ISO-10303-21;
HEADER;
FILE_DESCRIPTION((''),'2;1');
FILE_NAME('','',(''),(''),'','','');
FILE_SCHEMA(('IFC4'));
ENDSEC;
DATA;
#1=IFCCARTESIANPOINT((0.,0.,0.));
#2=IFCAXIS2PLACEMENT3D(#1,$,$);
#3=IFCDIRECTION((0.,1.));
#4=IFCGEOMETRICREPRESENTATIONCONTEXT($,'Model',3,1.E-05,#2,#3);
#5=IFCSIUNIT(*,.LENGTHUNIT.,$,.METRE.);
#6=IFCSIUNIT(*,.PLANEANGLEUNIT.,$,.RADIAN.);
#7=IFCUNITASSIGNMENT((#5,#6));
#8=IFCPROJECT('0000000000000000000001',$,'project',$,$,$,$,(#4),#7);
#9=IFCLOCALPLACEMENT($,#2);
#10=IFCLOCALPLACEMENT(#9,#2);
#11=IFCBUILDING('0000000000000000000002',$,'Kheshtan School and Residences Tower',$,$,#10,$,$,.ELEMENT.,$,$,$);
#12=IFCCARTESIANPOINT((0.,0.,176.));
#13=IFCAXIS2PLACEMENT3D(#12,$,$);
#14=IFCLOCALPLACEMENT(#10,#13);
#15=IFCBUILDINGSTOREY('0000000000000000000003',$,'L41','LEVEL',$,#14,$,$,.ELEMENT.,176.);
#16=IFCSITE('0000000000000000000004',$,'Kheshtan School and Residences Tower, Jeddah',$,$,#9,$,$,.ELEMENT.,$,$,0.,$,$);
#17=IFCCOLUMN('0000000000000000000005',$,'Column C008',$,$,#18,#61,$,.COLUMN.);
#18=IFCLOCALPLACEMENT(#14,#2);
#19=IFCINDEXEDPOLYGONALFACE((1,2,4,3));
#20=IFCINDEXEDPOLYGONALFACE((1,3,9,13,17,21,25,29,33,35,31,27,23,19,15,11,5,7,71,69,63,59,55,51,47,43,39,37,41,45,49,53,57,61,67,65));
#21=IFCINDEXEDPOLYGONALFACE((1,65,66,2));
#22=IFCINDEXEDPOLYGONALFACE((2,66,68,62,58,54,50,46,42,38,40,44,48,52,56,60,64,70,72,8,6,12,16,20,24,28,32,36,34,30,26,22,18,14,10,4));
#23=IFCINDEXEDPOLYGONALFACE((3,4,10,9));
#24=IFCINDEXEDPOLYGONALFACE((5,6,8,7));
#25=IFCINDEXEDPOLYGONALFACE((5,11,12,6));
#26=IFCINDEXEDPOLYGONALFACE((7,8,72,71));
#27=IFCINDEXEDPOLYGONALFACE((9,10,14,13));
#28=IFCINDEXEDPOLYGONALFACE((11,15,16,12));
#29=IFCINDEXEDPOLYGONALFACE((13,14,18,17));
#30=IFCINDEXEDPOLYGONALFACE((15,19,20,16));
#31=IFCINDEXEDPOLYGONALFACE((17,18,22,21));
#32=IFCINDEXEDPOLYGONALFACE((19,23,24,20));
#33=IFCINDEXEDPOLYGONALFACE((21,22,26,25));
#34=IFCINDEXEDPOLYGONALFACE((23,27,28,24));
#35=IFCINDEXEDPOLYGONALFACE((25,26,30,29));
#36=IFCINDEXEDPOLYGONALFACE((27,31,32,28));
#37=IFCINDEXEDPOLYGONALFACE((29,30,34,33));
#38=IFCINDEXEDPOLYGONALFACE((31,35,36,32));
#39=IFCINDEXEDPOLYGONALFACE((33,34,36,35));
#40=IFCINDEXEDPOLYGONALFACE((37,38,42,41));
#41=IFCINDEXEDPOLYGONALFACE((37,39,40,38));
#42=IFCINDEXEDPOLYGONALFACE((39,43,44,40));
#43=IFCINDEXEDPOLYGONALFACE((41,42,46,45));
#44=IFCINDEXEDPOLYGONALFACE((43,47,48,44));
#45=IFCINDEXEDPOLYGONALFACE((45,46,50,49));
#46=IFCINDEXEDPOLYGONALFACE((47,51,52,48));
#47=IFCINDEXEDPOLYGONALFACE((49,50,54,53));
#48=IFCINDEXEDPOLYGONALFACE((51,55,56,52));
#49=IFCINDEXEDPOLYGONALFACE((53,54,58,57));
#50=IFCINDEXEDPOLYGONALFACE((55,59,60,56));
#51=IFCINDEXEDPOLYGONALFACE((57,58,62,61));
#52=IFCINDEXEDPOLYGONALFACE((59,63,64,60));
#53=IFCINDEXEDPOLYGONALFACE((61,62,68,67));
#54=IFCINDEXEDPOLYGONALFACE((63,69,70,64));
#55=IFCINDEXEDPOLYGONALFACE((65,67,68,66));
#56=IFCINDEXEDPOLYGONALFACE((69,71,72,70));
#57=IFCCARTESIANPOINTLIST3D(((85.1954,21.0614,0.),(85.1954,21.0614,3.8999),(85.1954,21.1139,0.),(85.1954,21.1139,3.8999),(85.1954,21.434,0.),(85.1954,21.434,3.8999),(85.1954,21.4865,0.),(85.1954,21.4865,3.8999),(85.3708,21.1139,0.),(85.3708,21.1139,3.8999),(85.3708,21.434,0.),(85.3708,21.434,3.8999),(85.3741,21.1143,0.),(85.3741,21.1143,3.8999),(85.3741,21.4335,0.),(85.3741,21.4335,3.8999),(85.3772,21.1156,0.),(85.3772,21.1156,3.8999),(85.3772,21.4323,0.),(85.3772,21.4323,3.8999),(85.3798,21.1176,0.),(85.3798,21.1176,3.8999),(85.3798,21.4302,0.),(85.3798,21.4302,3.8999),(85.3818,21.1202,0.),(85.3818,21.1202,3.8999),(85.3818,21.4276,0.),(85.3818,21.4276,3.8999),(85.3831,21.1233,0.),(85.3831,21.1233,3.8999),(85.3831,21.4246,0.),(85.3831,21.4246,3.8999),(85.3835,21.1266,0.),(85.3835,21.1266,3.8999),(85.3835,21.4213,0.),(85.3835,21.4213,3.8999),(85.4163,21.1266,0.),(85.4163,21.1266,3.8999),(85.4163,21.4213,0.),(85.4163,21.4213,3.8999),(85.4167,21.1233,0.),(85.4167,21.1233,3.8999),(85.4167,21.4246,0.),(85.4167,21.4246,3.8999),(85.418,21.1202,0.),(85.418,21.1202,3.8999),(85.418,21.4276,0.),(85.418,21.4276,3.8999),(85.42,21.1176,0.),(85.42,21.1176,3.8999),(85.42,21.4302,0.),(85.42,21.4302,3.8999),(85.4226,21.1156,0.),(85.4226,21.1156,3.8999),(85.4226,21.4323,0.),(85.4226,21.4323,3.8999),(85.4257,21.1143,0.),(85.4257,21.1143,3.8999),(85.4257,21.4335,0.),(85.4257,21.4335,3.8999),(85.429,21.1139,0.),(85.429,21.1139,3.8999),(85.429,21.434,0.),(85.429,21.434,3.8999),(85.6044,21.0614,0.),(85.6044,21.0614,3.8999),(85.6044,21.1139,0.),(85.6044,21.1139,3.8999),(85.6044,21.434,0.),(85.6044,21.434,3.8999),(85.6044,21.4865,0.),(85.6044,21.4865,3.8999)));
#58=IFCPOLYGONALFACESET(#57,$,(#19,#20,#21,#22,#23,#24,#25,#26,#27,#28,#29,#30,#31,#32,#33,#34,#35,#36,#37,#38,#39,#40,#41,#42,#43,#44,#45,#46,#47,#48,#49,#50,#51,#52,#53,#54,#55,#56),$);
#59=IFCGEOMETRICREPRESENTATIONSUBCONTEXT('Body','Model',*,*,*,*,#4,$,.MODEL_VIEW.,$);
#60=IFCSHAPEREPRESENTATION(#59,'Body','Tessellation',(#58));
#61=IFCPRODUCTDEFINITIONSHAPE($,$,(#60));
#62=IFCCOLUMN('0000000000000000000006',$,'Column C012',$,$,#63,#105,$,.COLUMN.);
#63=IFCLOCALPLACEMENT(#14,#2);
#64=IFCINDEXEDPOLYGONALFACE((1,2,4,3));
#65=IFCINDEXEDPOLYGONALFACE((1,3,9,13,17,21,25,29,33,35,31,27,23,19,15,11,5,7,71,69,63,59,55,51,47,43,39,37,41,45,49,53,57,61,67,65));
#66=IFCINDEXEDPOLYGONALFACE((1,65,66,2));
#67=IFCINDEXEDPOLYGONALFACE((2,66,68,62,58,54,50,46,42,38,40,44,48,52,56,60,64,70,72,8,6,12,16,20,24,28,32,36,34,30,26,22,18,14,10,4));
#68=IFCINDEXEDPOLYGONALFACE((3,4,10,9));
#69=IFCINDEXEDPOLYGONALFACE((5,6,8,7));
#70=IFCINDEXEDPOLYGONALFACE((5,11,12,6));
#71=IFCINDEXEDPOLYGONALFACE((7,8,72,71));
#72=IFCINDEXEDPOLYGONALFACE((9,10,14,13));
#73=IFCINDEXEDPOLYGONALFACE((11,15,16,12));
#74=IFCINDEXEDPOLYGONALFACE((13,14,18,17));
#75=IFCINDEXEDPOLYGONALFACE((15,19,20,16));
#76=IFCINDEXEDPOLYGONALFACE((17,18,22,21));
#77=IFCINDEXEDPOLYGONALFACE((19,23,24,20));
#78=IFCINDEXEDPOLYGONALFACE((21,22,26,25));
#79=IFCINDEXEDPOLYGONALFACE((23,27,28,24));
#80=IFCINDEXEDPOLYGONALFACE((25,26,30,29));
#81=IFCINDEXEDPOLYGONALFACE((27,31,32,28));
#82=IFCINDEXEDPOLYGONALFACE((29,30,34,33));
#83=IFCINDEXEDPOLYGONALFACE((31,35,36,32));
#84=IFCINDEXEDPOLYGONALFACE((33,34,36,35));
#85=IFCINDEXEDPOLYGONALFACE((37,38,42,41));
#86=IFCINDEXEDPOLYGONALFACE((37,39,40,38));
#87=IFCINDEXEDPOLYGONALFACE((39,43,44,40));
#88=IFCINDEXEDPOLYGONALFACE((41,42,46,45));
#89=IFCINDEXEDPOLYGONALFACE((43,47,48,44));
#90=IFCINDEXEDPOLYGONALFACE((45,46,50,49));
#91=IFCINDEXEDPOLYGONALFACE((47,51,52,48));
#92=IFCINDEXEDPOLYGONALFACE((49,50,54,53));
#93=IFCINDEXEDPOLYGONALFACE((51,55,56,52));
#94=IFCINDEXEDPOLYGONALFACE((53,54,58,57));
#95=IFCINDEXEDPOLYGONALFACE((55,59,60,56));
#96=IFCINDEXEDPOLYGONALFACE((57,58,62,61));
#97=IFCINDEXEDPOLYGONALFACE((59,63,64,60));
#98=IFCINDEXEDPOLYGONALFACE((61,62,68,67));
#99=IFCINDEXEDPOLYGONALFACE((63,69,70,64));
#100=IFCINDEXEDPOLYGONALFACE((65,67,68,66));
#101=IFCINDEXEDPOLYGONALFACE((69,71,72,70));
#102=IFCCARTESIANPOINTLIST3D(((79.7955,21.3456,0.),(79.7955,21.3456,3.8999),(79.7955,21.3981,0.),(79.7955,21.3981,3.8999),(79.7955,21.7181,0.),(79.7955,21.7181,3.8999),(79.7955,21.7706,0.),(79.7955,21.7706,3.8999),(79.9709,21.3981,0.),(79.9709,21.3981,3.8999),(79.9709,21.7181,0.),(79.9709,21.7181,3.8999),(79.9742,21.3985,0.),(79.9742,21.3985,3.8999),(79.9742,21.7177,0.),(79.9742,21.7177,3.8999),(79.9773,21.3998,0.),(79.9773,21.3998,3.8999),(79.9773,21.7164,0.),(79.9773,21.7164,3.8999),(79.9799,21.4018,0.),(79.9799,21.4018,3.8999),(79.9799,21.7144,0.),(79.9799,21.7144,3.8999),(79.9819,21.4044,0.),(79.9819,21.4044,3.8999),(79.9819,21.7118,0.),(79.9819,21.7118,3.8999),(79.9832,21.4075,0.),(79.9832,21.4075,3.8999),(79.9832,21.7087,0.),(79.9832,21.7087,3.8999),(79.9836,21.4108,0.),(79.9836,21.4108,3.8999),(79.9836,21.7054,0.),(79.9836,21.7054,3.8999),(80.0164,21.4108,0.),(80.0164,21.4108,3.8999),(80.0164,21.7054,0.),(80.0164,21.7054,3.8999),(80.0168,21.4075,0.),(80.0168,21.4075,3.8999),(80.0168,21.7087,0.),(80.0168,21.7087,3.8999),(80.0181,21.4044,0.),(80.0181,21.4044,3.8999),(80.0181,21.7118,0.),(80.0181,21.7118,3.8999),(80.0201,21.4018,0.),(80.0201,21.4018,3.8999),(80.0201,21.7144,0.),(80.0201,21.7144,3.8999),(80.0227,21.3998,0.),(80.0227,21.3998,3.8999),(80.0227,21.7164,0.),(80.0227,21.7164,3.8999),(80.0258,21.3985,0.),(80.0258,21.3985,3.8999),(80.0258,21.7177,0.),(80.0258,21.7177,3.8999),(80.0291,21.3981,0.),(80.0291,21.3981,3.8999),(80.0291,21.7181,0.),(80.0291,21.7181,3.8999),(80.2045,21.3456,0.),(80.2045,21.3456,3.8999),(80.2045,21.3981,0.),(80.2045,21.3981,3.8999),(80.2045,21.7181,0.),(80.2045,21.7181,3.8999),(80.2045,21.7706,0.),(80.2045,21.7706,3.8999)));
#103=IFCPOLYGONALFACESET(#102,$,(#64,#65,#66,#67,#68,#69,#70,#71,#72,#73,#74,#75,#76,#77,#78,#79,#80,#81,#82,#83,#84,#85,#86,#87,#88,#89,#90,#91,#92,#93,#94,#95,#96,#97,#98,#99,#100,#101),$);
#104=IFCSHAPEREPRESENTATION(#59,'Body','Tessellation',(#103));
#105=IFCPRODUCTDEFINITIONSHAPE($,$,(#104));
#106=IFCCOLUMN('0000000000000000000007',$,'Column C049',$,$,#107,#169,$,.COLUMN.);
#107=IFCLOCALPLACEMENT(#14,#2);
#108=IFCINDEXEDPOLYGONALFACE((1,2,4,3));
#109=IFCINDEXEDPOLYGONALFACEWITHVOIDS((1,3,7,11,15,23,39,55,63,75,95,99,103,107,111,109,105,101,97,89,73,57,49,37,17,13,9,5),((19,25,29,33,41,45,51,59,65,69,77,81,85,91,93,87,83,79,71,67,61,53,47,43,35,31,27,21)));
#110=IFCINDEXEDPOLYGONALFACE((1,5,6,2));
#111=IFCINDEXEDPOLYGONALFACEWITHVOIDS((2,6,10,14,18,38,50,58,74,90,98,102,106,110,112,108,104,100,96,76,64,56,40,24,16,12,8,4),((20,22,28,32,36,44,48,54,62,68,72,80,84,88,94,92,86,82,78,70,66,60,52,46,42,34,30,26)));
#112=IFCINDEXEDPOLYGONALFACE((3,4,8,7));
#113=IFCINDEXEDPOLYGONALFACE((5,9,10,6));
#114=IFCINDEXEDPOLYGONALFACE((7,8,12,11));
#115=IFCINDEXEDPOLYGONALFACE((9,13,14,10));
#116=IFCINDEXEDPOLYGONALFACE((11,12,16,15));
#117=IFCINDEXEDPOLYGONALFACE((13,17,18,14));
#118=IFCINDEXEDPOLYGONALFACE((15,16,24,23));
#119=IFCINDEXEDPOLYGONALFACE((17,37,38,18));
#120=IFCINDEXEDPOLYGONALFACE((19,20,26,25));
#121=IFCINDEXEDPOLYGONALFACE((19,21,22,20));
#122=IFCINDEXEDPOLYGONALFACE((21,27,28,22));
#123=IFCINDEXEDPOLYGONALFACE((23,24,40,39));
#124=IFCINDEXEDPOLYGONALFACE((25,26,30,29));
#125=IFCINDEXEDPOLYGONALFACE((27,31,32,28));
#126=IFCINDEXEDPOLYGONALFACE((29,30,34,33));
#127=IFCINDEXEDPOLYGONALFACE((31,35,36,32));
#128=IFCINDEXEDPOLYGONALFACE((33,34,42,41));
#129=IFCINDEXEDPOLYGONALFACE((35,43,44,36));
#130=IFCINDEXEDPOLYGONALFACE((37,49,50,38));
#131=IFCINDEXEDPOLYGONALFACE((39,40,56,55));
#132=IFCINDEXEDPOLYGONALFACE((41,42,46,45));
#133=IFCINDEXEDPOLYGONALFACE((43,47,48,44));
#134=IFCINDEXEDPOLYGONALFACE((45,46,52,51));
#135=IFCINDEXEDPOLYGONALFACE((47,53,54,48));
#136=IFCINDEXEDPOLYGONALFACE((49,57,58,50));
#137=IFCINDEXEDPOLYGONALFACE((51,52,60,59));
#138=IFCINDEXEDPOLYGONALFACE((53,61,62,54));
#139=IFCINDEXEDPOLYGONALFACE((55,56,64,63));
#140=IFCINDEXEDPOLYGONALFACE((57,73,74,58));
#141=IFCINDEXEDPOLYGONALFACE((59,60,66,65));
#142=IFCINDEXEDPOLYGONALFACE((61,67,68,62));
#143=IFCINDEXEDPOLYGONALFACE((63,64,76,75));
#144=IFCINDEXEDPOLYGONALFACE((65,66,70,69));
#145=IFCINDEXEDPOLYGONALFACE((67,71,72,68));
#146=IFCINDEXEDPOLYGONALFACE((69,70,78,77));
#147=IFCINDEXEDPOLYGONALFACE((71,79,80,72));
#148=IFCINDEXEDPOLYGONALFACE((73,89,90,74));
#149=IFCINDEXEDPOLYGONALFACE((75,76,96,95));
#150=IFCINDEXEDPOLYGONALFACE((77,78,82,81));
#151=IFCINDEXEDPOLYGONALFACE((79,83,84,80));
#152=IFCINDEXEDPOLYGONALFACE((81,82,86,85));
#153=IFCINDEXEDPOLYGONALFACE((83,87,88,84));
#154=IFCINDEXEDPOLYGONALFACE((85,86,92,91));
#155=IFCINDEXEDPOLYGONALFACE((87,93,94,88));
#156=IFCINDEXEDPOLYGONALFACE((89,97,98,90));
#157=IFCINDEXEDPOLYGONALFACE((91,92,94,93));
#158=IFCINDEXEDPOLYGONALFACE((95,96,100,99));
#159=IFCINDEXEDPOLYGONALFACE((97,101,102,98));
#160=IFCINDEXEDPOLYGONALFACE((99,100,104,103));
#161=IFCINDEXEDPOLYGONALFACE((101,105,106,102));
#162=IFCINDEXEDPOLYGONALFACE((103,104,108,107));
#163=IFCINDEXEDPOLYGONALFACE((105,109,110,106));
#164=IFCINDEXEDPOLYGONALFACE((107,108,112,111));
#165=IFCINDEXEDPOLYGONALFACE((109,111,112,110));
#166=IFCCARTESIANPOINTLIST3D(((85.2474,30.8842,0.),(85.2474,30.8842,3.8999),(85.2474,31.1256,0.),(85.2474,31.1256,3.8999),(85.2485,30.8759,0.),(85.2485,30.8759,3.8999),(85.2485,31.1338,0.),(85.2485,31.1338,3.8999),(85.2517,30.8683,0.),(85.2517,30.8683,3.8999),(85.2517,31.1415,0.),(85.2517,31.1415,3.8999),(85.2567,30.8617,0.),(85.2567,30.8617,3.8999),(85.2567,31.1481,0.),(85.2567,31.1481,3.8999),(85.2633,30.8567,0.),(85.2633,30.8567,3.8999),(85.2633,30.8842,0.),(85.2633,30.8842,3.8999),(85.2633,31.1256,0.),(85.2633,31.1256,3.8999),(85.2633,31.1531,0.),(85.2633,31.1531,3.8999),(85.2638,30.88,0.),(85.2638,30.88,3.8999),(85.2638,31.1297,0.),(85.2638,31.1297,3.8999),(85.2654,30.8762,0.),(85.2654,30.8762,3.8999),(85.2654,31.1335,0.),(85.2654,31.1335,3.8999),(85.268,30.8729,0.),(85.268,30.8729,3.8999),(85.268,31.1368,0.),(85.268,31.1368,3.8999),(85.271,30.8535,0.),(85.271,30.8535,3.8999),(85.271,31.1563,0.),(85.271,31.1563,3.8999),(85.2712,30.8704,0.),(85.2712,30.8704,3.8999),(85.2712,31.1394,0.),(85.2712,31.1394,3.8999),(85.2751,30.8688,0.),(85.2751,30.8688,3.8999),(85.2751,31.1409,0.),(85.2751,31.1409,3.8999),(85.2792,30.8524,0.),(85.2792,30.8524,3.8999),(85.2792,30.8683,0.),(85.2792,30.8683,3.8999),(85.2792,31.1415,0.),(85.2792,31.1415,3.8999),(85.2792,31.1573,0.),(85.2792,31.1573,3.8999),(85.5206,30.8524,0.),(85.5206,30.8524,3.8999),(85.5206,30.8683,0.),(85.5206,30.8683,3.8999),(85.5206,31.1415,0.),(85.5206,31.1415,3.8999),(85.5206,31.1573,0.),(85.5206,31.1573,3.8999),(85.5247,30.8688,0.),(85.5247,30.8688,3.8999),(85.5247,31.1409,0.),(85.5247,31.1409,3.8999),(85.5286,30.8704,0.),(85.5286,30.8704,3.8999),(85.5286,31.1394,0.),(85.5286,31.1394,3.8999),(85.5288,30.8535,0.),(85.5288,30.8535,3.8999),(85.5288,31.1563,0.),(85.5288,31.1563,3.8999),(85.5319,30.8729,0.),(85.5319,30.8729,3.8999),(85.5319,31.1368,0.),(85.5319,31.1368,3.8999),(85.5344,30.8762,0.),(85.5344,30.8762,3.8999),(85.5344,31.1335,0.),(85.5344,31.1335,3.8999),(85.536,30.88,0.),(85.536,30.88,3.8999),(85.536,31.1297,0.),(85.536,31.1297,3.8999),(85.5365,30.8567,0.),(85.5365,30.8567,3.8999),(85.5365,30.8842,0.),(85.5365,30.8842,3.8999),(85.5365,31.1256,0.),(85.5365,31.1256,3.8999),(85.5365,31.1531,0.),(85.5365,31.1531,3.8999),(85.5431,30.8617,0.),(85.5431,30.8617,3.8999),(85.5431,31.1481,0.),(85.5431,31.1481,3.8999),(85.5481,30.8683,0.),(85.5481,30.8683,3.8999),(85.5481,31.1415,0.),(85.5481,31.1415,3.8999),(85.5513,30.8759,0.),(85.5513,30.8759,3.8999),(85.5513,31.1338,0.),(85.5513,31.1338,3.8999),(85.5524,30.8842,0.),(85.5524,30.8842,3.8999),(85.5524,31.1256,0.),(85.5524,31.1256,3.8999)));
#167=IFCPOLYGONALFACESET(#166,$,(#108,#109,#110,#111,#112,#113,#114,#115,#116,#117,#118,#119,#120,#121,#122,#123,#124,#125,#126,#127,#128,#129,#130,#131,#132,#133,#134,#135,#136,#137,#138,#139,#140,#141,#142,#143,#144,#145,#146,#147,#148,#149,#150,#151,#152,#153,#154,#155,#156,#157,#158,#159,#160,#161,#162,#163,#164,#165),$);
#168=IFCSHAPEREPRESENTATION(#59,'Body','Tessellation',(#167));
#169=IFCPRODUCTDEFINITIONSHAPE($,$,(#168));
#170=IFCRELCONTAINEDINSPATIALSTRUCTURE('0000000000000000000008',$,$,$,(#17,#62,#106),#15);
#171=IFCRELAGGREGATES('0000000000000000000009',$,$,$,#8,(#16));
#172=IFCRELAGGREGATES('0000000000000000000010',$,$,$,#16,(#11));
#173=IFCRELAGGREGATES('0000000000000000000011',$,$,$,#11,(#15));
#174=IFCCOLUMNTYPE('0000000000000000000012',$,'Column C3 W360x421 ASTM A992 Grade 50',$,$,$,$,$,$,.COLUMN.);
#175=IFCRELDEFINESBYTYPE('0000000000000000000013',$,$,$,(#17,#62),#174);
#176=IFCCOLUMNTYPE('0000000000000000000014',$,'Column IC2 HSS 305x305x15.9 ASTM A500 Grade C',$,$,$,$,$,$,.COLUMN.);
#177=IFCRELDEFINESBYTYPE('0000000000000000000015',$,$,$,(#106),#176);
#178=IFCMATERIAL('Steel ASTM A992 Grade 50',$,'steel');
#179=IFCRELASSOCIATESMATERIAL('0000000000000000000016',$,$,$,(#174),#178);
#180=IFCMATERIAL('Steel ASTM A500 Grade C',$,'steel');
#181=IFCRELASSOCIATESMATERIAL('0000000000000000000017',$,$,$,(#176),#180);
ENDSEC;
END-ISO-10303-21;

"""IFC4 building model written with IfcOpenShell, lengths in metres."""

from ifc_helpers import new_model, si_unit, direction, frame, origin, origin_2d, place, context, subcontext, project, spatial, hollow_rectangle, i_section, extrude, material, material_profile, profile_set, type_object, element, save


model = new_model("IFC4")

# Units and contexts
model_context = context("Model", 3, precision=1e-05, world=origin(), true_north=direction((0.0, 1.0)))
body_context = subcontext(model_context, "Body", "Model", "MODEL_VIEW")
ifc_project = project(units=[si_unit("LENGTHUNIT", "METRE"), si_unit("PLANEANGLEUNIT", "RADIAN")], contexts=[model_context])

# Site, building, storey
site_placement = place(None, origin())
site = spatial("IfcSite", under=ifc_project, at=site_placement, Name="Kheshtan School and Residences Tower, Jeddah", CompositionType="ELEMENT", RefElevation=0.0)
building_placement = place(site_placement, origin())
building = spatial("IfcBuilding", under=site, at=building_placement, Name="Kheshtan School and Residences Tower", CompositionType="ELEMENT")
storey_placement = place(building_placement, frame((0.0, 0.0, 176.0)))
storey = spatial("IfcBuildingStorey", under=building, at=storey_placement, Name="L41", Description="LEVEL", CompositionType="ELEMENT", Elevation=176.0)

# Columns
ifc_material_1 = material(Name="Steel ASTM A992 Grade 50", Category="steel")
ifc_material_profile_1 = material_profile(ifc_material_1, i_section(OverallWidth=0.4089, OverallDepth=0.425, WebThickness=0.0327, FlangeThickness=0.0525, FilletRadius=0.0127, at=origin_2d()), Name="W360x421")
ifc_profile_set_1 = profile_set([ifc_material_profile_1], Name="Steel ASTM A992 Grade 50")
column_type_1 = type_object("IfcColumnType", Name="Column C3 W360x421 ASTM A992 Grade 50", PredefinedType="COLUMN", material=ifc_profile_set_1)
for number, where, z_axis, x_axis, name in (
    (1, (85.3999, 21.2739, 0.0), (0.0, 0.0, 1.0), (1.0, 0.0, 0.0), "Column C008"),
    (2, (80.0, 21.5581, 0.0), (0.0, 0.0, 1.0), (1.0, 0.0, 0.0), "Column C012"),
):
    element("IfcColumn", number, at=place(storey_placement, frame(where, z_axis=z_axis, x_axis=x_axis)), inside=storey, type_object=column_type_1, Name=name, PredefinedType="COLUMN", context=body_context, shape_type="SweptSolid", body=[
        extrude(i_section(OverallWidth=0.4089, OverallDepth=0.425, WebThickness=0.0327, FlangeThickness=0.0525, FilletRadius=0.0127, at=origin_2d()), origin(), (0.0, 0.0, 1.0), 3.8999),
    ])
ifc_material_2 = material(Name="Steel ASTM A500 Grade C", Category="steel")
ifc_material_profile_2 = material_profile(ifc_material_2, hollow_rectangle(XDim=0.3049, YDim=0.3049, WallThickness=0.0159, InnerFilletRadius=0.0159, OuterFilletRadius=0.0317, at=origin_2d()), Name="HSS 305x305x15.9")
ifc_profile_set_2 = profile_set([ifc_material_profile_2], Name="Steel ASTM A500 Grade C")
column_type_2 = type_object("IfcColumnType", Name="Column IC2 HSS 305x305x15.9 ASTM A500 Grade C", PredefinedType="COLUMN", material=ifc_profile_set_2)
column_placement = place(storey_placement, frame((85.3999, 31.0049, 0.0), z_axis=(0.0, 0.0, 1.0), x_axis=(1.0, 0.0, 0.0)))
element("IfcColumn", 3, at=column_placement, inside=storey, type_object=column_type_2, Name="Column C049", PredefinedType="COLUMN", context=body_context, shape_type="SweptSolid", body=[
    extrude(hollow_rectangle(XDim=0.3049, YDim=0.3049, WallThickness=0.0159, InnerFilletRadius=0.0159, OuterFilletRadius=0.0317, at=origin_2d()), origin(), (0.0, 0.0, 1.0), 3.8999),
])

save(model, "model.ifc")
